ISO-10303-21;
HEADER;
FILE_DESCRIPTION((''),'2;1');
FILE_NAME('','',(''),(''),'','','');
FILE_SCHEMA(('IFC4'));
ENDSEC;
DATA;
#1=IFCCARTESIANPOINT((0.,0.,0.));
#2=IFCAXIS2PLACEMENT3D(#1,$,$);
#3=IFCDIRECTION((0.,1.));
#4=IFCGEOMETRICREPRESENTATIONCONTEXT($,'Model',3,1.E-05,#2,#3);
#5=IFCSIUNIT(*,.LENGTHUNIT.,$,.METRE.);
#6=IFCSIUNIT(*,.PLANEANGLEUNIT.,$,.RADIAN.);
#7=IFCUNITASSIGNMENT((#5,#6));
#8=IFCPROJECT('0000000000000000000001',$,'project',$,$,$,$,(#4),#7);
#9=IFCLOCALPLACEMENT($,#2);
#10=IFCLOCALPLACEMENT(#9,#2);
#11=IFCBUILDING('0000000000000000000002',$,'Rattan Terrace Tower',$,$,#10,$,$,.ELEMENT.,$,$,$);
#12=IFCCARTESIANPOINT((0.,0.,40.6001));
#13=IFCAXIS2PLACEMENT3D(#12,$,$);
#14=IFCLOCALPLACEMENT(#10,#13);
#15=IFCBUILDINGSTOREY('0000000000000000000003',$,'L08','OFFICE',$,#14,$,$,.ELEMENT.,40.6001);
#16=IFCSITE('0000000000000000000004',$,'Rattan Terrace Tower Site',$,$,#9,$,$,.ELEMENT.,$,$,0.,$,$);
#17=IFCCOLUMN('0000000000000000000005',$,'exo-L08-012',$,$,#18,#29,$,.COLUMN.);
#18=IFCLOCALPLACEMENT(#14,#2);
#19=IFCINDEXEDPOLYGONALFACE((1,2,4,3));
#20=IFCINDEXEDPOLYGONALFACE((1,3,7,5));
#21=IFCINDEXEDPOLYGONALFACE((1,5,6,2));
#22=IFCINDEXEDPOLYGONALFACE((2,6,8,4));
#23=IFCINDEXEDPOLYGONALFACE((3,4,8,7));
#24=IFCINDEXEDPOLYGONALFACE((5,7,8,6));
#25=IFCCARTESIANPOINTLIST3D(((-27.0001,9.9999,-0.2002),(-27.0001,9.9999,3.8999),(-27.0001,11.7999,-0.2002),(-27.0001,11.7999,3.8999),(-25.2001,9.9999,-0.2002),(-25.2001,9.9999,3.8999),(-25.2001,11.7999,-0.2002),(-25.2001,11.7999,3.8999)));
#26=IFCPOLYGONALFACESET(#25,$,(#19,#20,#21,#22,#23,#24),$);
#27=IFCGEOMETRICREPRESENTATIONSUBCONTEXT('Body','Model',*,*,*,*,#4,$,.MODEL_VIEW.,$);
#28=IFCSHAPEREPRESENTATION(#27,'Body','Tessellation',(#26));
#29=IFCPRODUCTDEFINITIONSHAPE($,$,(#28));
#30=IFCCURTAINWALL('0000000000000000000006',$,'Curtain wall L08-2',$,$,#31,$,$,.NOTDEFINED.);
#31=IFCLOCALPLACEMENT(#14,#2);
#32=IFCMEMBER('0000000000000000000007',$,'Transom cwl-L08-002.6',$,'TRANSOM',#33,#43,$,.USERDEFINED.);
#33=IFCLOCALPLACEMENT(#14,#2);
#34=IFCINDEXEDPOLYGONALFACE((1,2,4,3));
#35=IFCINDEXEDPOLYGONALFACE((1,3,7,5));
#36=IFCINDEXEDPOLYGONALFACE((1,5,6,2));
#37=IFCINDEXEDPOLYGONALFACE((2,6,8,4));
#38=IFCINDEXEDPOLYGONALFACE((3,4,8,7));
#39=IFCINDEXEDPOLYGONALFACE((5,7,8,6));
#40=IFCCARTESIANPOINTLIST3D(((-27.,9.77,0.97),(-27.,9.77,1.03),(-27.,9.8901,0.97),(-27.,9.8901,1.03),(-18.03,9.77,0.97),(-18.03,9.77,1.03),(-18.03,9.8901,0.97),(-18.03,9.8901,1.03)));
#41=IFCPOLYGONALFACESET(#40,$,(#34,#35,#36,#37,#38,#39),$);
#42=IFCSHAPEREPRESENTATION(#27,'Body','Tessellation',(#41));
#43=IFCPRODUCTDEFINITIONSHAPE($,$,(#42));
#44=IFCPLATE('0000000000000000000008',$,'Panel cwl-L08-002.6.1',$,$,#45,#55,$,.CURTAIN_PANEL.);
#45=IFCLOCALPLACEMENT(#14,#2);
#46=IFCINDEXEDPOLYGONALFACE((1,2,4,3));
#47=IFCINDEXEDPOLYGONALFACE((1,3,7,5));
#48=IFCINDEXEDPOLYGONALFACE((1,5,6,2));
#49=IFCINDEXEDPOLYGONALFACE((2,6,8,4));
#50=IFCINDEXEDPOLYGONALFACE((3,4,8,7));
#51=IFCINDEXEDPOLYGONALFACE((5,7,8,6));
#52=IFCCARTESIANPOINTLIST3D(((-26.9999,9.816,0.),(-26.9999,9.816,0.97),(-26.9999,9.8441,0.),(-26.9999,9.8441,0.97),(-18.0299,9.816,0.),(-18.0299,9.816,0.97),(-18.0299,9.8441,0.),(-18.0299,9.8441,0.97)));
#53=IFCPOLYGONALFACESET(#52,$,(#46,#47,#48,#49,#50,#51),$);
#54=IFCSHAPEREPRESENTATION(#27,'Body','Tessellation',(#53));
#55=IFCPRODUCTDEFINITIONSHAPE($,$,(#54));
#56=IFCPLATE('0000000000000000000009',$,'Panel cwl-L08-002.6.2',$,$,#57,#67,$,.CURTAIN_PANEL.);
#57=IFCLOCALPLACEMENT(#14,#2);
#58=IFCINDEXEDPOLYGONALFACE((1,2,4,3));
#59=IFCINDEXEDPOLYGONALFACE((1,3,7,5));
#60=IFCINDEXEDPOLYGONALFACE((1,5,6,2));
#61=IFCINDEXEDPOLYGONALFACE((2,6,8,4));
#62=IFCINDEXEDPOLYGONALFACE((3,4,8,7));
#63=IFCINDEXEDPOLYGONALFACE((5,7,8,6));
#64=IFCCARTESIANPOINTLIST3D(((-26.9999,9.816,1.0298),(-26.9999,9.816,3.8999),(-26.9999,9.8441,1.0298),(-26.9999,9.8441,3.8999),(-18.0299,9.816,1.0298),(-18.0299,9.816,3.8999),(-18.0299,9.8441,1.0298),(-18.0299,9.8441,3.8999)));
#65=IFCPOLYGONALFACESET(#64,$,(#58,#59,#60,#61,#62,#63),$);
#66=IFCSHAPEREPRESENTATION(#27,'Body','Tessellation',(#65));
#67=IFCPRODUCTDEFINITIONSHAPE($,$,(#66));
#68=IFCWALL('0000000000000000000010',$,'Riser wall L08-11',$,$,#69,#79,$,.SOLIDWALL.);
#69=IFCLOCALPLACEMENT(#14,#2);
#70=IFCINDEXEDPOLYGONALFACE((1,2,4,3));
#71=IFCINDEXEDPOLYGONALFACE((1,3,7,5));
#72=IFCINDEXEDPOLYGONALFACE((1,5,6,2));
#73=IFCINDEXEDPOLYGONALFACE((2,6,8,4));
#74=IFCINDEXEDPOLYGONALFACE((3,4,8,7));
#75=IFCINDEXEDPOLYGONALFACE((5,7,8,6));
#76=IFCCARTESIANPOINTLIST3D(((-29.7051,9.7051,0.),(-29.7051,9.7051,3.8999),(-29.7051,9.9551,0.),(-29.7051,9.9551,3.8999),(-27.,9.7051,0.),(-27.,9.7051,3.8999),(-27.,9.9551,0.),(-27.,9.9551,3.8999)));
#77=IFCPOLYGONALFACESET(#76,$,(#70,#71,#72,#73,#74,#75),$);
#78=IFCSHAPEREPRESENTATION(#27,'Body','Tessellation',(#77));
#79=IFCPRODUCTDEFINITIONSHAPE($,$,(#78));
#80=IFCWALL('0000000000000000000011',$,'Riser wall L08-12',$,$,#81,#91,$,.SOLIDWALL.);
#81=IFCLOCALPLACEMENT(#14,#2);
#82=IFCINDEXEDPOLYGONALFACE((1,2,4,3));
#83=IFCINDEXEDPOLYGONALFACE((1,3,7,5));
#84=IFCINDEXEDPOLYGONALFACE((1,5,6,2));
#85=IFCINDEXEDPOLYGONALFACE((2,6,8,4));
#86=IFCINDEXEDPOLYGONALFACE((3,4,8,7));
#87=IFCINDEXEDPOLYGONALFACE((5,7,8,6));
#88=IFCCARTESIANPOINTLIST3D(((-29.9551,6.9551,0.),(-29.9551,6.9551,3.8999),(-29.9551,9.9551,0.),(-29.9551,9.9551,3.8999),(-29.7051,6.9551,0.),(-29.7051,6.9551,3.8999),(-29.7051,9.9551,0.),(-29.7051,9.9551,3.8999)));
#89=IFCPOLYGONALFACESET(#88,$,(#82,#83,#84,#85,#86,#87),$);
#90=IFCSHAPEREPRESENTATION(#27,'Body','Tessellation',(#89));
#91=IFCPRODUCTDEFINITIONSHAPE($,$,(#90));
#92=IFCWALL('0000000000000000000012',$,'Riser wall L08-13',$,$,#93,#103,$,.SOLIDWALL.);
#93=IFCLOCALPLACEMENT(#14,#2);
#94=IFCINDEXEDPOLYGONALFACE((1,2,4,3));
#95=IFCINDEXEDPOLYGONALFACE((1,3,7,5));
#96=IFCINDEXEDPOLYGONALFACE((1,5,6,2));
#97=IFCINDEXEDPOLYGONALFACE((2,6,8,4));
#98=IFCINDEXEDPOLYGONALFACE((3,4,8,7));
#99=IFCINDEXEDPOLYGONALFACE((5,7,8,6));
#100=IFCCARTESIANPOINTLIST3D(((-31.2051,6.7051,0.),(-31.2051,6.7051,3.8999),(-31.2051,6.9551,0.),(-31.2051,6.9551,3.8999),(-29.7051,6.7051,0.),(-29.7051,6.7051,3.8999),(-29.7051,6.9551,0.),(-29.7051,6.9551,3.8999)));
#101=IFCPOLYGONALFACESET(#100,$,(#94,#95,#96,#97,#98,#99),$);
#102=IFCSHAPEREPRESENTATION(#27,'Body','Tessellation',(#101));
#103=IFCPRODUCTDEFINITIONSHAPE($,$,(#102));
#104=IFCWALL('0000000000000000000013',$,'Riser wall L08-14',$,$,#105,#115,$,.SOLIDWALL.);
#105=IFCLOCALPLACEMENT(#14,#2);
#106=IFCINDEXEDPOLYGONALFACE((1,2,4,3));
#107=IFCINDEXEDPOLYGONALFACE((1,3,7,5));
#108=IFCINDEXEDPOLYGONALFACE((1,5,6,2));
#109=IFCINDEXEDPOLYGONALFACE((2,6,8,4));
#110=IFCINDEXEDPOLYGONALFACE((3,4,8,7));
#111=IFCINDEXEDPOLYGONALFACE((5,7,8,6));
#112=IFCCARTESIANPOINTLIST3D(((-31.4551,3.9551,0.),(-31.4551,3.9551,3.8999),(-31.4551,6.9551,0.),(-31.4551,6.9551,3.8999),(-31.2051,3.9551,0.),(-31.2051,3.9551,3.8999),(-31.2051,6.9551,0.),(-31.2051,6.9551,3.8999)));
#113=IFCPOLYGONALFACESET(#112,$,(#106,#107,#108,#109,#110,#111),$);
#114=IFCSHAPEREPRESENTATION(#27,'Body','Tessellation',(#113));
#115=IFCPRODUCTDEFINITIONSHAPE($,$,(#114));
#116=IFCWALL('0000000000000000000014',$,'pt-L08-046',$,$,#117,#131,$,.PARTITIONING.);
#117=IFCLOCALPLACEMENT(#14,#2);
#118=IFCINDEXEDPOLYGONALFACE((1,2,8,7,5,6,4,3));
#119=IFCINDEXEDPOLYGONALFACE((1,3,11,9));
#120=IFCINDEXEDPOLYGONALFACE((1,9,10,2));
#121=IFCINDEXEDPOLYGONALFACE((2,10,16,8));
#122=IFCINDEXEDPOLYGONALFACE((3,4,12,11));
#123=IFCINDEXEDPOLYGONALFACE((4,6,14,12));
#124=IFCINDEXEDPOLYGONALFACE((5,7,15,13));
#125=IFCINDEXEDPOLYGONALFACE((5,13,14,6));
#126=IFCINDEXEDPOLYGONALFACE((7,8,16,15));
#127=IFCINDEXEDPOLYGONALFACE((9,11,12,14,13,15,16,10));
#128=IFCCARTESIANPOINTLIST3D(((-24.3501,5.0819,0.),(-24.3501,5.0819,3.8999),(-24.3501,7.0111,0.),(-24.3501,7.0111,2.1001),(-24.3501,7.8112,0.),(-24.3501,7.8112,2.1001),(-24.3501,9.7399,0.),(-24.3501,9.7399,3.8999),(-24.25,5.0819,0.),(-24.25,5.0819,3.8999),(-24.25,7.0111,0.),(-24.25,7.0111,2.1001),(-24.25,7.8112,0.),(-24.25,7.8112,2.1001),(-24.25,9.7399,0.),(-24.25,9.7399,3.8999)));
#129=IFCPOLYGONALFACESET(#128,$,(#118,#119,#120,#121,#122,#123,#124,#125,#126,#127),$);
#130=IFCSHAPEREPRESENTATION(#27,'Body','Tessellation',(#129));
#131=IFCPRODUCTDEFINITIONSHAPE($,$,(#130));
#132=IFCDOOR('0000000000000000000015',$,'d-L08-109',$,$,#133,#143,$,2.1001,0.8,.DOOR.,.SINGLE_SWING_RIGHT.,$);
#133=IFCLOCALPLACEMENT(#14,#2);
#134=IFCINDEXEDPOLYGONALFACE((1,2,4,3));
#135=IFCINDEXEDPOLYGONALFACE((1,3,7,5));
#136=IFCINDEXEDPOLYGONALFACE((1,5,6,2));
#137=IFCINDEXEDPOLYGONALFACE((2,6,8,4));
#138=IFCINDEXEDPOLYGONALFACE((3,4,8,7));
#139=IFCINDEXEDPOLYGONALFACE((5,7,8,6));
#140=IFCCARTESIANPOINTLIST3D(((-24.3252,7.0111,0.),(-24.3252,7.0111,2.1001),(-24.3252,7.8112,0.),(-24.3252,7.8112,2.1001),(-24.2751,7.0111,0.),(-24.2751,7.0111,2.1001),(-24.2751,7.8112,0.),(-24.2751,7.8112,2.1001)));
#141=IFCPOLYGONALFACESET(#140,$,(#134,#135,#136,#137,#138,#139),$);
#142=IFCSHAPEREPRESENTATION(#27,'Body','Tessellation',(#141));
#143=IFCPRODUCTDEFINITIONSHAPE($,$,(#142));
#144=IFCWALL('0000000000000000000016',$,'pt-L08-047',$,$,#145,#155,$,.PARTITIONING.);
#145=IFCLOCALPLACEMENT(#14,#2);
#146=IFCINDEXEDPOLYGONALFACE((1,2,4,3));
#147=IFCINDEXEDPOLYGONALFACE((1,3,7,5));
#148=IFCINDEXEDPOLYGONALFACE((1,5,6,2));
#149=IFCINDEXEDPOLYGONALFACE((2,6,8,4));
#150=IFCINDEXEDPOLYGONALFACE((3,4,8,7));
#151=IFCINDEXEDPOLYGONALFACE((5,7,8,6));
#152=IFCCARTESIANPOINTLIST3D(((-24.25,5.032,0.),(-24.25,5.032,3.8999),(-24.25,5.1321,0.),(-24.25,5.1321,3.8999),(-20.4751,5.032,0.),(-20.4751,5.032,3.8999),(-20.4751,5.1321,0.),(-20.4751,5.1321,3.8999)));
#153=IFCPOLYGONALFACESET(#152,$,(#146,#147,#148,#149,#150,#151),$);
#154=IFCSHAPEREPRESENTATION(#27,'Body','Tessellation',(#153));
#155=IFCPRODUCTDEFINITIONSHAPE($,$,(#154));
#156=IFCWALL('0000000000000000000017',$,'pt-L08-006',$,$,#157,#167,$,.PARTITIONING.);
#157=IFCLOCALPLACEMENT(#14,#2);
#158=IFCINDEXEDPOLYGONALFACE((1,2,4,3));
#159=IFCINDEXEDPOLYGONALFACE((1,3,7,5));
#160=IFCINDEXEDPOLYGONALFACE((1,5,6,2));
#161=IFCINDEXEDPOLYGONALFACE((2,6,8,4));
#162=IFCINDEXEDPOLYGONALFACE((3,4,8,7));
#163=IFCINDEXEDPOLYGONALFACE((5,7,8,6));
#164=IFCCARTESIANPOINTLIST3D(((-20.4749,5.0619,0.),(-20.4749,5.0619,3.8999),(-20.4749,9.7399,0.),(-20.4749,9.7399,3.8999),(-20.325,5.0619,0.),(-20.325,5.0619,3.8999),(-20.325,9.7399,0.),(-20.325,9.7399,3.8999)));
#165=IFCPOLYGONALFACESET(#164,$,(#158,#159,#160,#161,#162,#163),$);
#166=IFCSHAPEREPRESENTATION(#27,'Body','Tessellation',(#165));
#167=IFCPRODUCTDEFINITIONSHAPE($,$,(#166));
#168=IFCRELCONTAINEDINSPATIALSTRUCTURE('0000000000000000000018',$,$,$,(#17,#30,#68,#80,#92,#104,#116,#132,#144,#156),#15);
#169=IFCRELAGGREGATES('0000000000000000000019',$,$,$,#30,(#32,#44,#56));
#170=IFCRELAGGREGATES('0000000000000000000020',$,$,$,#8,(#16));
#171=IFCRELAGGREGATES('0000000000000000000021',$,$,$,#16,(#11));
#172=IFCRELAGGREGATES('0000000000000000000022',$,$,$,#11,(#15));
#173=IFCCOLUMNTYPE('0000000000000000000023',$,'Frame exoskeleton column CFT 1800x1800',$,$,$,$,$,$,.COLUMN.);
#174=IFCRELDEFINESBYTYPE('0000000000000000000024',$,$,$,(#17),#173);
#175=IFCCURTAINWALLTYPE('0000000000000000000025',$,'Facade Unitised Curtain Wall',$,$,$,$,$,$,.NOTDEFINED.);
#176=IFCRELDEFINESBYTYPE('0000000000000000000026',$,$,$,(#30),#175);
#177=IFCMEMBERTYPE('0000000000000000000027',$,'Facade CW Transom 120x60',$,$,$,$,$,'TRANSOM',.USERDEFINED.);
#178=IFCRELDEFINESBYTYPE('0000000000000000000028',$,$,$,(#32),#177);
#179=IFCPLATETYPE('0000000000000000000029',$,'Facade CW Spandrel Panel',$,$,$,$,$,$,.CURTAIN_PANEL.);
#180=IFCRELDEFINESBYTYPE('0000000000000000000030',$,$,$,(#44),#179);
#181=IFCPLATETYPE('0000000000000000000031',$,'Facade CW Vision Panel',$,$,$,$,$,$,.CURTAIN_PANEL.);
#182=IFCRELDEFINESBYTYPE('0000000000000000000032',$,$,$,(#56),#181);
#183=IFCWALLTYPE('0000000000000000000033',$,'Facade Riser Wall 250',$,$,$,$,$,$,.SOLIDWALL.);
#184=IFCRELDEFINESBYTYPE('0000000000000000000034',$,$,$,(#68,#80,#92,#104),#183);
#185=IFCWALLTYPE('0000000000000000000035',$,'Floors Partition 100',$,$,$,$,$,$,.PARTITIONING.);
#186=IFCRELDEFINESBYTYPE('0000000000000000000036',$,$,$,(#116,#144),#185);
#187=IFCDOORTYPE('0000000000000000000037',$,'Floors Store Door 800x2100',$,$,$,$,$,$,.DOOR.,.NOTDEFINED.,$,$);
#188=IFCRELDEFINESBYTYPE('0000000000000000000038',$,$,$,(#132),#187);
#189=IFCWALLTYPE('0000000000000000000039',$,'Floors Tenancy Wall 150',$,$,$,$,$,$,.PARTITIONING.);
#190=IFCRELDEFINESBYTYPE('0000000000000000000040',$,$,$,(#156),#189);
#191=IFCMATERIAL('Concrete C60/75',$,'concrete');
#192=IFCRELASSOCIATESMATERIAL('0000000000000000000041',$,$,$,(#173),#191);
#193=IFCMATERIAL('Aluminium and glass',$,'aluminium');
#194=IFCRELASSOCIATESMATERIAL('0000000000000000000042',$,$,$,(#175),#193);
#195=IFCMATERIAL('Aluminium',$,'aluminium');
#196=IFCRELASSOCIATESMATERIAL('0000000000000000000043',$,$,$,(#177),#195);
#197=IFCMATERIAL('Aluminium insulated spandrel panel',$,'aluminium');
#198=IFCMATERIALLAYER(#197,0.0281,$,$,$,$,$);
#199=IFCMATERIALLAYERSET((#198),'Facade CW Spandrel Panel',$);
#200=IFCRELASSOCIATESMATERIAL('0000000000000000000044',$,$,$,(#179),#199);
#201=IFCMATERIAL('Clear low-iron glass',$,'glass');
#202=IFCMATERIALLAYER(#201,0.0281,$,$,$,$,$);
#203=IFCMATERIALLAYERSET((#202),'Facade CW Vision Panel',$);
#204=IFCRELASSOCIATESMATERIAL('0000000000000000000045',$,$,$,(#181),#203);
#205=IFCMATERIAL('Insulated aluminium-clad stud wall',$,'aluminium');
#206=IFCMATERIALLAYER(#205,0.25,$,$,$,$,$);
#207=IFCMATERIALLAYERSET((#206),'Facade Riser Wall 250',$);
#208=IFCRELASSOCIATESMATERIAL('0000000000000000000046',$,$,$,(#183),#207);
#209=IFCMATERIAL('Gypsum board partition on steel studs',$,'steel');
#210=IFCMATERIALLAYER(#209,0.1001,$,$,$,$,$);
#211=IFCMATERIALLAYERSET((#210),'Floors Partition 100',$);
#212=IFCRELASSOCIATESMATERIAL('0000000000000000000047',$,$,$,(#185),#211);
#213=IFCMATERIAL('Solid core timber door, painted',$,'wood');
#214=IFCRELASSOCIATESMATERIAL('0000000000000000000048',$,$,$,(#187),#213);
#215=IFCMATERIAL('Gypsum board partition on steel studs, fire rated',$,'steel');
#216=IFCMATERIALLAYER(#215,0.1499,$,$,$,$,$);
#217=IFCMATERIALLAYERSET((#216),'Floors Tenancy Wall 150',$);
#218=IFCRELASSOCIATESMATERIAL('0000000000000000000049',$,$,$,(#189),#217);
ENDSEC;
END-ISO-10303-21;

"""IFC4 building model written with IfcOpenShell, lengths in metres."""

from ifc_helpers import new_model, si_unit, direction, frame, frame_2d, origin, origin_2d, place, context, subcontext, project, spatial, rectangle, extrude, material, layer, layer_set, material_profile, profile_set, type_object, element, fill, aggregate, save


model = new_model("IFC4")

# Units and contexts
model_context = context("Model", 3, precision=1e-05, world=origin(), true_north=direction((0.0, 1.0)))
body_context = subcontext(model_context, "Body", "Model", "MODEL_VIEW")
ifc_project = project(units=[si_unit("LENGTHUNIT", "METRE"), si_unit("PLANEANGLEUNIT", "RADIAN")], contexts=[model_context])

# Site, building, storey
site_placement = place(None, origin())
site = spatial("IfcSite", under=ifc_project, at=site_placement, Name="Rattan Terrace Tower Site", CompositionType="ELEMENT", RefElevation=0.0)
building_placement = place(site_placement, origin())
building = spatial("IfcBuilding", under=site, at=building_placement, Name="Rattan Terrace Tower", CompositionType="ELEMENT")
storey_placement = place(building_placement, frame((0.0, 0.0, 40.6001)))
storey = spatial("IfcBuildingStorey", under=building, at=storey_placement, Name="L08", Description="OFFICE", CompositionType="ELEMENT", Elevation=40.6001)

# Column
ifc_material_1 = material(Name="Concrete C60/75", Category="concrete")
ifc_material_profile_1 = material_profile(ifc_material_1, rectangle(XDim=1.8, YDim=1.8, at=origin_2d()), Name="CFT 1800x1800")
ifc_profile_set_1 = profile_set([ifc_material_profile_1], Name="Concrete C60/75")
column_type = type_object("IfcColumnType", Name="Frame exoskeleton column CFT 1800x1800", PredefinedType="COLUMN", material=ifc_profile_set_1)
column_placement = place(storey_placement, frame((-26.1001, 10.8999, -0.2002), z_axis=(0.0, 0.0, 1.0), x_axis=(1.0, 0.0, 0.0)))
element("IfcColumn", 1, at=column_placement, inside=storey, type_object=column_type, Name="exo-L08-012", PredefinedType="COLUMN", context=body_context, shape_type="SweptSolid", body=[
    extrude(rectangle(XDim=1.8, YDim=1.8, at=origin_2d()), origin(), (0.0, 0.0, 1.0), 4.1001),
])

# Curtain wall, member, plates
ifc_material_2 = material(Name="Aluminium and glass", Category="aluminium")
curtain_wall_type = type_object("IfcCurtainWallType", Name="Facade Unitised Curtain Wall", PredefinedType="NOTDEFINED", material=ifc_material_2)
curtain_wall_placement = place(storey_placement, origin())
curtain_wall = element("IfcCurtainWall", 2, at=curtain_wall_placement, inside=storey, type_object=curtain_wall_type, Name="Curtain wall L08-2", PredefinedType="NOTDEFINED")
ifc_material_3 = material(Name="Aluminium", Category="aluminium")
ifc_material_profile_2 = material_profile(ifc_material_3, rectangle(XDim=0.1201, YDim=0.0601, at=origin_2d()), Name="Aluminium 120x60")
ifc_profile_set_2 = profile_set([ifc_material_profile_2], Name="Aluminium")
member_type = type_object("IfcMemberType", Name="Facade CW Transom 120x60", ElementType="TRANSOM", PredefinedType="USERDEFINED", material=ifc_profile_set_2)
member_placement = place(storey_placement, frame((-18.03, 9.8301, 1.0), z_axis=(-1.0, 0.0, 0.0), x_axis=(0.0, -1.0, 0.0)))
member = element("IfcMember", 3, at=member_placement, type_object=member_type, Name="Transom cwl-L08-002.6", ObjectType="TRANSOM", PredefinedType="USERDEFINED", context=body_context, shape_type="SweptSolid", body=[
    extrude(rectangle(XDim=0.1201, YDim=0.0601, at=origin_2d()), origin(), (0.0, 0.0, 1.0), 8.97),
])
ifc_material_4 = material(Name="Aluminium insulated spandrel panel", Category="aluminium")
ifc_layer_1 = layer(ifc_material_4, 0.0281)
ifc_layer_set_1 = layer_set([ifc_layer_1], Name="Facade CW Spandrel Panel")
plate_type_1 = type_object("IfcPlateType", Name="Facade CW Spandrel Panel", PredefinedType="CURTAIN_PANEL", material=ifc_layer_set_1)
plate_1_placement = place(storey_placement, frame((-22.5149, 9.8301, 0.0), z_axis=(0.0, 0.0, 1.0), x_axis=(-1.0, 0.0, 0.0)))
plate_1 = element("IfcPlate", 4, at=plate_1_placement, type_object=plate_type_1, Name="Panel cwl-L08-002.6.1", PredefinedType="CURTAIN_PANEL", context=body_context, shape_type="SweptSolid", body=[
    extrude(rectangle(XDim=8.97, YDim=0.0281, at=origin_2d()), origin(), (0.0, 0.0, 1.0), 0.97),
])
ifc_material_5 = material(Name="Clear low-iron glass", Category="glass")
ifc_layer_2 = layer(ifc_material_5, 0.0281)
ifc_layer_set_2 = layer_set([ifc_layer_2], Name="Facade CW Vision Panel")
plate_type_2 = type_object("IfcPlateType", Name="Facade CW Vision Panel", PredefinedType="CURTAIN_PANEL", material=ifc_layer_set_2)
plate_2_placement = place(storey_placement, frame((-22.5149, 9.8301, 1.0298), z_axis=(0.0, 0.0, 1.0), x_axis=(-1.0, 0.0, 0.0)))
plate_2 = element("IfcPlate", 5, at=plate_2_placement, type_object=plate_type_2, Name="Panel cwl-L08-002.6.2", PredefinedType="CURTAIN_PANEL", context=body_context, shape_type="SweptSolid", body=[
    extrude(rectangle(XDim=8.97, YDim=0.0281, at=origin_2d()), origin(), (0.0, 0.0, 1.0), 2.8701),
])
aggregate(curtain_wall, [member, plate_1, plate_2])

# Walls
ifc_material_6 = material(Name="Insulated aluminium-clad stud wall", Category="aluminium")
ifc_layer_3 = layer(ifc_material_6, 0.25)
ifc_layer_set_3 = layer_set([ifc_layer_3], Name="Facade Riser Wall 250")
wall_type_1 = type_object("IfcWallType", Name="Facade Riser Wall 250", PredefinedType="SOLIDWALL", material=ifc_layer_set_3)
wall_1_placement = place(storey_placement, frame((-27.0, 9.8301, 0.0), z_axis=(0.0, 0.0, 1.0), x_axis=(-1.0, 0.0, 0.0)))
element("IfcWall", 6, at=wall_1_placement, inside=storey, type_object=wall_type_1, Name="Riser wall L08-11", PredefinedType="SOLIDWALL", context=body_context, shape_type="SweptSolid", body=[
    extrude(rectangle(XDim=2.7051, YDim=0.25, at=frame_2d((1.3525, 0.0))), origin(), (0.0, 0.0, 1.0), 3.8999),
])
wall_2_placement = place(storey_placement, frame((-29.8301, 9.9551, 0.0), z_axis=(0.0, 0.0, 1.0), x_axis=(0.0, -1.0, 0.0)))
element("IfcWall", 7, at=wall_2_placement, inside=storey, type_object=wall_type_1, Name="Riser wall L08-12", PredefinedType="SOLIDWALL", context=body_context, shape_type="SweptSolid", body=[
    extrude(rectangle(XDim=3.0, YDim=0.25, at=frame_2d((1.5, 0.0))), origin(), (0.0, 0.0, 1.0), 3.8999),
])
wall_3_placement = place(storey_placement, frame((-29.7051, 6.8301, 0.0), z_axis=(0.0, 0.0, 1.0), x_axis=(-1.0, 0.0, 0.0)))
element("IfcWall", 8, at=wall_3_placement, inside=storey, type_object=wall_type_1, Name="Riser wall L08-13", PredefinedType="SOLIDWALL", context=body_context, shape_type="SweptSolid", body=[
    extrude(rectangle(XDim=1.5, YDim=0.25, at=frame_2d((0.75, 0.0))), origin(), (0.0, 0.0, 1.0), 3.8999),
])
wall_4_placement = place(storey_placement, frame((-31.3301, 6.9551, 0.0), z_axis=(0.0, 0.0, 1.0), x_axis=(0.0, -1.0, 0.0)))
element("IfcWall", 9, at=wall_4_placement, inside=storey, type_object=wall_type_1, Name="Riser wall L08-14", PredefinedType="SOLIDWALL", context=body_context, shape_type="SweptSolid", body=[
    extrude(rectangle(XDim=3.0, YDim=0.25, at=frame_2d((1.5, 0.0))), origin(), (0.0, 0.0, 1.0), 3.8999),
])

# Wall, opening, door
ifc_material_7 = material(Name="Gypsum board partition on steel studs", Category="steel")
ifc_layer_4 = layer(ifc_material_7, 0.1001)
ifc_layer_set_4 = layer_set([ifc_layer_4], Name="Floors Partition 100")
wall_type_2 = type_object("IfcWallType", Name="Floors Partition 100", PredefinedType="PARTITIONING", material=ifc_layer_set_4)
wall_5_placement = place(storey_placement, frame((-24.3, 9.74, 0.0), z_axis=(0.0, 0.0, 1.0), x_axis=(0.0, -1.0, 0.0)))
wall_5 = element("IfcWall", 10, at=wall_5_placement, inside=storey, type_object=wall_type_2, Name="pt-L08-046", PredefinedType="PARTITIONING", context=body_context, shape_type="SweptSolid", body=[
    extrude(rectangle(XDim=4.658, YDim=0.1001, at=frame_2d((2.3291, 0.0))), origin(), (0.0, 0.0, 1.0), 3.8999),
])
opening_placement = place(wall_5_placement, frame((1.929, 0.0, 0.0)))
opening = element("IfcOpeningElement", 11, at=opening_placement, cuts=wall_5, PredefinedType="OPENING", context=body_context, shape_type="SweptSolid", body=[
    extrude(rectangle(XDim=0.8, YDim=2.1001, at=frame_2d((0.3999, 1.05))), frame((0.0, 0.0605, 0.0), z_axis=(0.0, -1.0, 0.0), x_axis=(1.0, 0.0, 0.0)), (0.0, 0.0, 1.0), 0.1211),
])
ifc_material_8 = material(Name="Solid core timber door, painted", Category="wood")
door_type = type_object("IfcDoorType", Name="Floors Store Door 800x2100", OperationType="NOTDEFINED", PredefinedType="DOOR", material=ifc_material_8)
door_placement = place(opening_placement, origin())
door = element("IfcDoor", 12, at=door_placement, inside=storey, type_object=door_type, Name="d-L08-109", OperationType="SINGLE_SWING_RIGHT", OverallHeight=2.1001, OverallWidth=0.8, PredefinedType="DOOR", context=body_context, shape_type="SweptSolid", body=[
    extrude(rectangle(XDim=0.8, YDim=2.1001, at=frame_2d((0.3999, 1.05))), frame((0.0, 0.0249, 0.0), z_axis=(0.0, -1.0, 0.0), x_axis=(1.0, 0.0, 0.0)), (0.0, 0.0, 1.0), 0.05),
])
fill(opening, door)

# Walls
wall_6_placement = place(storey_placement, frame((-24.25, 5.082, 0.0), z_axis=(0.0, 0.0, 1.0), x_axis=(1.0, 0.0, 0.0)))
element("IfcWall", 13, at=wall_6_placement, inside=storey, type_object=wall_type_2, Name="pt-L08-047", PredefinedType="PARTITIONING", context=body_context, shape_type="SweptSolid", body=[
    extrude(rectangle(XDim=3.7749, YDim=0.1001, at=frame_2d((1.8875, 0.0))), origin(), (0.0, 0.0, 1.0), 3.8999),
])
ifc_material_9 = material(Name="Gypsum board partition on steel studs, fire rated", Category="steel")
ifc_layer_5 = layer(ifc_material_9, 0.1499)
ifc_layer_set_5 = layer_set([ifc_layer_5], Name="Floors Tenancy Wall 150")
wall_type_3 = type_object("IfcWallType", Name="Floors Tenancy Wall 150", PredefinedType="PARTITIONING", material=ifc_layer_set_5)
wall_7_placement = place(storey_placement, frame((-20.3999, 5.062, 0.0), z_axis=(0.0, 0.0, 1.0), x_axis=(0.0, 1.0, 0.0)))
element("IfcWall", 14, at=wall_7_placement, inside=storey, type_object=wall_type_3, Name="pt-L08-006", PredefinedType="PARTITIONING", context=body_context, shape_type="SweptSolid", body=[
    extrude(rectangle(XDim=4.678, YDim=0.1499, at=frame_2d((2.3389, 0.0))), origin(), (0.0, 0.0, 1.0), 3.8999),
])

save(model, "model.ifc")
